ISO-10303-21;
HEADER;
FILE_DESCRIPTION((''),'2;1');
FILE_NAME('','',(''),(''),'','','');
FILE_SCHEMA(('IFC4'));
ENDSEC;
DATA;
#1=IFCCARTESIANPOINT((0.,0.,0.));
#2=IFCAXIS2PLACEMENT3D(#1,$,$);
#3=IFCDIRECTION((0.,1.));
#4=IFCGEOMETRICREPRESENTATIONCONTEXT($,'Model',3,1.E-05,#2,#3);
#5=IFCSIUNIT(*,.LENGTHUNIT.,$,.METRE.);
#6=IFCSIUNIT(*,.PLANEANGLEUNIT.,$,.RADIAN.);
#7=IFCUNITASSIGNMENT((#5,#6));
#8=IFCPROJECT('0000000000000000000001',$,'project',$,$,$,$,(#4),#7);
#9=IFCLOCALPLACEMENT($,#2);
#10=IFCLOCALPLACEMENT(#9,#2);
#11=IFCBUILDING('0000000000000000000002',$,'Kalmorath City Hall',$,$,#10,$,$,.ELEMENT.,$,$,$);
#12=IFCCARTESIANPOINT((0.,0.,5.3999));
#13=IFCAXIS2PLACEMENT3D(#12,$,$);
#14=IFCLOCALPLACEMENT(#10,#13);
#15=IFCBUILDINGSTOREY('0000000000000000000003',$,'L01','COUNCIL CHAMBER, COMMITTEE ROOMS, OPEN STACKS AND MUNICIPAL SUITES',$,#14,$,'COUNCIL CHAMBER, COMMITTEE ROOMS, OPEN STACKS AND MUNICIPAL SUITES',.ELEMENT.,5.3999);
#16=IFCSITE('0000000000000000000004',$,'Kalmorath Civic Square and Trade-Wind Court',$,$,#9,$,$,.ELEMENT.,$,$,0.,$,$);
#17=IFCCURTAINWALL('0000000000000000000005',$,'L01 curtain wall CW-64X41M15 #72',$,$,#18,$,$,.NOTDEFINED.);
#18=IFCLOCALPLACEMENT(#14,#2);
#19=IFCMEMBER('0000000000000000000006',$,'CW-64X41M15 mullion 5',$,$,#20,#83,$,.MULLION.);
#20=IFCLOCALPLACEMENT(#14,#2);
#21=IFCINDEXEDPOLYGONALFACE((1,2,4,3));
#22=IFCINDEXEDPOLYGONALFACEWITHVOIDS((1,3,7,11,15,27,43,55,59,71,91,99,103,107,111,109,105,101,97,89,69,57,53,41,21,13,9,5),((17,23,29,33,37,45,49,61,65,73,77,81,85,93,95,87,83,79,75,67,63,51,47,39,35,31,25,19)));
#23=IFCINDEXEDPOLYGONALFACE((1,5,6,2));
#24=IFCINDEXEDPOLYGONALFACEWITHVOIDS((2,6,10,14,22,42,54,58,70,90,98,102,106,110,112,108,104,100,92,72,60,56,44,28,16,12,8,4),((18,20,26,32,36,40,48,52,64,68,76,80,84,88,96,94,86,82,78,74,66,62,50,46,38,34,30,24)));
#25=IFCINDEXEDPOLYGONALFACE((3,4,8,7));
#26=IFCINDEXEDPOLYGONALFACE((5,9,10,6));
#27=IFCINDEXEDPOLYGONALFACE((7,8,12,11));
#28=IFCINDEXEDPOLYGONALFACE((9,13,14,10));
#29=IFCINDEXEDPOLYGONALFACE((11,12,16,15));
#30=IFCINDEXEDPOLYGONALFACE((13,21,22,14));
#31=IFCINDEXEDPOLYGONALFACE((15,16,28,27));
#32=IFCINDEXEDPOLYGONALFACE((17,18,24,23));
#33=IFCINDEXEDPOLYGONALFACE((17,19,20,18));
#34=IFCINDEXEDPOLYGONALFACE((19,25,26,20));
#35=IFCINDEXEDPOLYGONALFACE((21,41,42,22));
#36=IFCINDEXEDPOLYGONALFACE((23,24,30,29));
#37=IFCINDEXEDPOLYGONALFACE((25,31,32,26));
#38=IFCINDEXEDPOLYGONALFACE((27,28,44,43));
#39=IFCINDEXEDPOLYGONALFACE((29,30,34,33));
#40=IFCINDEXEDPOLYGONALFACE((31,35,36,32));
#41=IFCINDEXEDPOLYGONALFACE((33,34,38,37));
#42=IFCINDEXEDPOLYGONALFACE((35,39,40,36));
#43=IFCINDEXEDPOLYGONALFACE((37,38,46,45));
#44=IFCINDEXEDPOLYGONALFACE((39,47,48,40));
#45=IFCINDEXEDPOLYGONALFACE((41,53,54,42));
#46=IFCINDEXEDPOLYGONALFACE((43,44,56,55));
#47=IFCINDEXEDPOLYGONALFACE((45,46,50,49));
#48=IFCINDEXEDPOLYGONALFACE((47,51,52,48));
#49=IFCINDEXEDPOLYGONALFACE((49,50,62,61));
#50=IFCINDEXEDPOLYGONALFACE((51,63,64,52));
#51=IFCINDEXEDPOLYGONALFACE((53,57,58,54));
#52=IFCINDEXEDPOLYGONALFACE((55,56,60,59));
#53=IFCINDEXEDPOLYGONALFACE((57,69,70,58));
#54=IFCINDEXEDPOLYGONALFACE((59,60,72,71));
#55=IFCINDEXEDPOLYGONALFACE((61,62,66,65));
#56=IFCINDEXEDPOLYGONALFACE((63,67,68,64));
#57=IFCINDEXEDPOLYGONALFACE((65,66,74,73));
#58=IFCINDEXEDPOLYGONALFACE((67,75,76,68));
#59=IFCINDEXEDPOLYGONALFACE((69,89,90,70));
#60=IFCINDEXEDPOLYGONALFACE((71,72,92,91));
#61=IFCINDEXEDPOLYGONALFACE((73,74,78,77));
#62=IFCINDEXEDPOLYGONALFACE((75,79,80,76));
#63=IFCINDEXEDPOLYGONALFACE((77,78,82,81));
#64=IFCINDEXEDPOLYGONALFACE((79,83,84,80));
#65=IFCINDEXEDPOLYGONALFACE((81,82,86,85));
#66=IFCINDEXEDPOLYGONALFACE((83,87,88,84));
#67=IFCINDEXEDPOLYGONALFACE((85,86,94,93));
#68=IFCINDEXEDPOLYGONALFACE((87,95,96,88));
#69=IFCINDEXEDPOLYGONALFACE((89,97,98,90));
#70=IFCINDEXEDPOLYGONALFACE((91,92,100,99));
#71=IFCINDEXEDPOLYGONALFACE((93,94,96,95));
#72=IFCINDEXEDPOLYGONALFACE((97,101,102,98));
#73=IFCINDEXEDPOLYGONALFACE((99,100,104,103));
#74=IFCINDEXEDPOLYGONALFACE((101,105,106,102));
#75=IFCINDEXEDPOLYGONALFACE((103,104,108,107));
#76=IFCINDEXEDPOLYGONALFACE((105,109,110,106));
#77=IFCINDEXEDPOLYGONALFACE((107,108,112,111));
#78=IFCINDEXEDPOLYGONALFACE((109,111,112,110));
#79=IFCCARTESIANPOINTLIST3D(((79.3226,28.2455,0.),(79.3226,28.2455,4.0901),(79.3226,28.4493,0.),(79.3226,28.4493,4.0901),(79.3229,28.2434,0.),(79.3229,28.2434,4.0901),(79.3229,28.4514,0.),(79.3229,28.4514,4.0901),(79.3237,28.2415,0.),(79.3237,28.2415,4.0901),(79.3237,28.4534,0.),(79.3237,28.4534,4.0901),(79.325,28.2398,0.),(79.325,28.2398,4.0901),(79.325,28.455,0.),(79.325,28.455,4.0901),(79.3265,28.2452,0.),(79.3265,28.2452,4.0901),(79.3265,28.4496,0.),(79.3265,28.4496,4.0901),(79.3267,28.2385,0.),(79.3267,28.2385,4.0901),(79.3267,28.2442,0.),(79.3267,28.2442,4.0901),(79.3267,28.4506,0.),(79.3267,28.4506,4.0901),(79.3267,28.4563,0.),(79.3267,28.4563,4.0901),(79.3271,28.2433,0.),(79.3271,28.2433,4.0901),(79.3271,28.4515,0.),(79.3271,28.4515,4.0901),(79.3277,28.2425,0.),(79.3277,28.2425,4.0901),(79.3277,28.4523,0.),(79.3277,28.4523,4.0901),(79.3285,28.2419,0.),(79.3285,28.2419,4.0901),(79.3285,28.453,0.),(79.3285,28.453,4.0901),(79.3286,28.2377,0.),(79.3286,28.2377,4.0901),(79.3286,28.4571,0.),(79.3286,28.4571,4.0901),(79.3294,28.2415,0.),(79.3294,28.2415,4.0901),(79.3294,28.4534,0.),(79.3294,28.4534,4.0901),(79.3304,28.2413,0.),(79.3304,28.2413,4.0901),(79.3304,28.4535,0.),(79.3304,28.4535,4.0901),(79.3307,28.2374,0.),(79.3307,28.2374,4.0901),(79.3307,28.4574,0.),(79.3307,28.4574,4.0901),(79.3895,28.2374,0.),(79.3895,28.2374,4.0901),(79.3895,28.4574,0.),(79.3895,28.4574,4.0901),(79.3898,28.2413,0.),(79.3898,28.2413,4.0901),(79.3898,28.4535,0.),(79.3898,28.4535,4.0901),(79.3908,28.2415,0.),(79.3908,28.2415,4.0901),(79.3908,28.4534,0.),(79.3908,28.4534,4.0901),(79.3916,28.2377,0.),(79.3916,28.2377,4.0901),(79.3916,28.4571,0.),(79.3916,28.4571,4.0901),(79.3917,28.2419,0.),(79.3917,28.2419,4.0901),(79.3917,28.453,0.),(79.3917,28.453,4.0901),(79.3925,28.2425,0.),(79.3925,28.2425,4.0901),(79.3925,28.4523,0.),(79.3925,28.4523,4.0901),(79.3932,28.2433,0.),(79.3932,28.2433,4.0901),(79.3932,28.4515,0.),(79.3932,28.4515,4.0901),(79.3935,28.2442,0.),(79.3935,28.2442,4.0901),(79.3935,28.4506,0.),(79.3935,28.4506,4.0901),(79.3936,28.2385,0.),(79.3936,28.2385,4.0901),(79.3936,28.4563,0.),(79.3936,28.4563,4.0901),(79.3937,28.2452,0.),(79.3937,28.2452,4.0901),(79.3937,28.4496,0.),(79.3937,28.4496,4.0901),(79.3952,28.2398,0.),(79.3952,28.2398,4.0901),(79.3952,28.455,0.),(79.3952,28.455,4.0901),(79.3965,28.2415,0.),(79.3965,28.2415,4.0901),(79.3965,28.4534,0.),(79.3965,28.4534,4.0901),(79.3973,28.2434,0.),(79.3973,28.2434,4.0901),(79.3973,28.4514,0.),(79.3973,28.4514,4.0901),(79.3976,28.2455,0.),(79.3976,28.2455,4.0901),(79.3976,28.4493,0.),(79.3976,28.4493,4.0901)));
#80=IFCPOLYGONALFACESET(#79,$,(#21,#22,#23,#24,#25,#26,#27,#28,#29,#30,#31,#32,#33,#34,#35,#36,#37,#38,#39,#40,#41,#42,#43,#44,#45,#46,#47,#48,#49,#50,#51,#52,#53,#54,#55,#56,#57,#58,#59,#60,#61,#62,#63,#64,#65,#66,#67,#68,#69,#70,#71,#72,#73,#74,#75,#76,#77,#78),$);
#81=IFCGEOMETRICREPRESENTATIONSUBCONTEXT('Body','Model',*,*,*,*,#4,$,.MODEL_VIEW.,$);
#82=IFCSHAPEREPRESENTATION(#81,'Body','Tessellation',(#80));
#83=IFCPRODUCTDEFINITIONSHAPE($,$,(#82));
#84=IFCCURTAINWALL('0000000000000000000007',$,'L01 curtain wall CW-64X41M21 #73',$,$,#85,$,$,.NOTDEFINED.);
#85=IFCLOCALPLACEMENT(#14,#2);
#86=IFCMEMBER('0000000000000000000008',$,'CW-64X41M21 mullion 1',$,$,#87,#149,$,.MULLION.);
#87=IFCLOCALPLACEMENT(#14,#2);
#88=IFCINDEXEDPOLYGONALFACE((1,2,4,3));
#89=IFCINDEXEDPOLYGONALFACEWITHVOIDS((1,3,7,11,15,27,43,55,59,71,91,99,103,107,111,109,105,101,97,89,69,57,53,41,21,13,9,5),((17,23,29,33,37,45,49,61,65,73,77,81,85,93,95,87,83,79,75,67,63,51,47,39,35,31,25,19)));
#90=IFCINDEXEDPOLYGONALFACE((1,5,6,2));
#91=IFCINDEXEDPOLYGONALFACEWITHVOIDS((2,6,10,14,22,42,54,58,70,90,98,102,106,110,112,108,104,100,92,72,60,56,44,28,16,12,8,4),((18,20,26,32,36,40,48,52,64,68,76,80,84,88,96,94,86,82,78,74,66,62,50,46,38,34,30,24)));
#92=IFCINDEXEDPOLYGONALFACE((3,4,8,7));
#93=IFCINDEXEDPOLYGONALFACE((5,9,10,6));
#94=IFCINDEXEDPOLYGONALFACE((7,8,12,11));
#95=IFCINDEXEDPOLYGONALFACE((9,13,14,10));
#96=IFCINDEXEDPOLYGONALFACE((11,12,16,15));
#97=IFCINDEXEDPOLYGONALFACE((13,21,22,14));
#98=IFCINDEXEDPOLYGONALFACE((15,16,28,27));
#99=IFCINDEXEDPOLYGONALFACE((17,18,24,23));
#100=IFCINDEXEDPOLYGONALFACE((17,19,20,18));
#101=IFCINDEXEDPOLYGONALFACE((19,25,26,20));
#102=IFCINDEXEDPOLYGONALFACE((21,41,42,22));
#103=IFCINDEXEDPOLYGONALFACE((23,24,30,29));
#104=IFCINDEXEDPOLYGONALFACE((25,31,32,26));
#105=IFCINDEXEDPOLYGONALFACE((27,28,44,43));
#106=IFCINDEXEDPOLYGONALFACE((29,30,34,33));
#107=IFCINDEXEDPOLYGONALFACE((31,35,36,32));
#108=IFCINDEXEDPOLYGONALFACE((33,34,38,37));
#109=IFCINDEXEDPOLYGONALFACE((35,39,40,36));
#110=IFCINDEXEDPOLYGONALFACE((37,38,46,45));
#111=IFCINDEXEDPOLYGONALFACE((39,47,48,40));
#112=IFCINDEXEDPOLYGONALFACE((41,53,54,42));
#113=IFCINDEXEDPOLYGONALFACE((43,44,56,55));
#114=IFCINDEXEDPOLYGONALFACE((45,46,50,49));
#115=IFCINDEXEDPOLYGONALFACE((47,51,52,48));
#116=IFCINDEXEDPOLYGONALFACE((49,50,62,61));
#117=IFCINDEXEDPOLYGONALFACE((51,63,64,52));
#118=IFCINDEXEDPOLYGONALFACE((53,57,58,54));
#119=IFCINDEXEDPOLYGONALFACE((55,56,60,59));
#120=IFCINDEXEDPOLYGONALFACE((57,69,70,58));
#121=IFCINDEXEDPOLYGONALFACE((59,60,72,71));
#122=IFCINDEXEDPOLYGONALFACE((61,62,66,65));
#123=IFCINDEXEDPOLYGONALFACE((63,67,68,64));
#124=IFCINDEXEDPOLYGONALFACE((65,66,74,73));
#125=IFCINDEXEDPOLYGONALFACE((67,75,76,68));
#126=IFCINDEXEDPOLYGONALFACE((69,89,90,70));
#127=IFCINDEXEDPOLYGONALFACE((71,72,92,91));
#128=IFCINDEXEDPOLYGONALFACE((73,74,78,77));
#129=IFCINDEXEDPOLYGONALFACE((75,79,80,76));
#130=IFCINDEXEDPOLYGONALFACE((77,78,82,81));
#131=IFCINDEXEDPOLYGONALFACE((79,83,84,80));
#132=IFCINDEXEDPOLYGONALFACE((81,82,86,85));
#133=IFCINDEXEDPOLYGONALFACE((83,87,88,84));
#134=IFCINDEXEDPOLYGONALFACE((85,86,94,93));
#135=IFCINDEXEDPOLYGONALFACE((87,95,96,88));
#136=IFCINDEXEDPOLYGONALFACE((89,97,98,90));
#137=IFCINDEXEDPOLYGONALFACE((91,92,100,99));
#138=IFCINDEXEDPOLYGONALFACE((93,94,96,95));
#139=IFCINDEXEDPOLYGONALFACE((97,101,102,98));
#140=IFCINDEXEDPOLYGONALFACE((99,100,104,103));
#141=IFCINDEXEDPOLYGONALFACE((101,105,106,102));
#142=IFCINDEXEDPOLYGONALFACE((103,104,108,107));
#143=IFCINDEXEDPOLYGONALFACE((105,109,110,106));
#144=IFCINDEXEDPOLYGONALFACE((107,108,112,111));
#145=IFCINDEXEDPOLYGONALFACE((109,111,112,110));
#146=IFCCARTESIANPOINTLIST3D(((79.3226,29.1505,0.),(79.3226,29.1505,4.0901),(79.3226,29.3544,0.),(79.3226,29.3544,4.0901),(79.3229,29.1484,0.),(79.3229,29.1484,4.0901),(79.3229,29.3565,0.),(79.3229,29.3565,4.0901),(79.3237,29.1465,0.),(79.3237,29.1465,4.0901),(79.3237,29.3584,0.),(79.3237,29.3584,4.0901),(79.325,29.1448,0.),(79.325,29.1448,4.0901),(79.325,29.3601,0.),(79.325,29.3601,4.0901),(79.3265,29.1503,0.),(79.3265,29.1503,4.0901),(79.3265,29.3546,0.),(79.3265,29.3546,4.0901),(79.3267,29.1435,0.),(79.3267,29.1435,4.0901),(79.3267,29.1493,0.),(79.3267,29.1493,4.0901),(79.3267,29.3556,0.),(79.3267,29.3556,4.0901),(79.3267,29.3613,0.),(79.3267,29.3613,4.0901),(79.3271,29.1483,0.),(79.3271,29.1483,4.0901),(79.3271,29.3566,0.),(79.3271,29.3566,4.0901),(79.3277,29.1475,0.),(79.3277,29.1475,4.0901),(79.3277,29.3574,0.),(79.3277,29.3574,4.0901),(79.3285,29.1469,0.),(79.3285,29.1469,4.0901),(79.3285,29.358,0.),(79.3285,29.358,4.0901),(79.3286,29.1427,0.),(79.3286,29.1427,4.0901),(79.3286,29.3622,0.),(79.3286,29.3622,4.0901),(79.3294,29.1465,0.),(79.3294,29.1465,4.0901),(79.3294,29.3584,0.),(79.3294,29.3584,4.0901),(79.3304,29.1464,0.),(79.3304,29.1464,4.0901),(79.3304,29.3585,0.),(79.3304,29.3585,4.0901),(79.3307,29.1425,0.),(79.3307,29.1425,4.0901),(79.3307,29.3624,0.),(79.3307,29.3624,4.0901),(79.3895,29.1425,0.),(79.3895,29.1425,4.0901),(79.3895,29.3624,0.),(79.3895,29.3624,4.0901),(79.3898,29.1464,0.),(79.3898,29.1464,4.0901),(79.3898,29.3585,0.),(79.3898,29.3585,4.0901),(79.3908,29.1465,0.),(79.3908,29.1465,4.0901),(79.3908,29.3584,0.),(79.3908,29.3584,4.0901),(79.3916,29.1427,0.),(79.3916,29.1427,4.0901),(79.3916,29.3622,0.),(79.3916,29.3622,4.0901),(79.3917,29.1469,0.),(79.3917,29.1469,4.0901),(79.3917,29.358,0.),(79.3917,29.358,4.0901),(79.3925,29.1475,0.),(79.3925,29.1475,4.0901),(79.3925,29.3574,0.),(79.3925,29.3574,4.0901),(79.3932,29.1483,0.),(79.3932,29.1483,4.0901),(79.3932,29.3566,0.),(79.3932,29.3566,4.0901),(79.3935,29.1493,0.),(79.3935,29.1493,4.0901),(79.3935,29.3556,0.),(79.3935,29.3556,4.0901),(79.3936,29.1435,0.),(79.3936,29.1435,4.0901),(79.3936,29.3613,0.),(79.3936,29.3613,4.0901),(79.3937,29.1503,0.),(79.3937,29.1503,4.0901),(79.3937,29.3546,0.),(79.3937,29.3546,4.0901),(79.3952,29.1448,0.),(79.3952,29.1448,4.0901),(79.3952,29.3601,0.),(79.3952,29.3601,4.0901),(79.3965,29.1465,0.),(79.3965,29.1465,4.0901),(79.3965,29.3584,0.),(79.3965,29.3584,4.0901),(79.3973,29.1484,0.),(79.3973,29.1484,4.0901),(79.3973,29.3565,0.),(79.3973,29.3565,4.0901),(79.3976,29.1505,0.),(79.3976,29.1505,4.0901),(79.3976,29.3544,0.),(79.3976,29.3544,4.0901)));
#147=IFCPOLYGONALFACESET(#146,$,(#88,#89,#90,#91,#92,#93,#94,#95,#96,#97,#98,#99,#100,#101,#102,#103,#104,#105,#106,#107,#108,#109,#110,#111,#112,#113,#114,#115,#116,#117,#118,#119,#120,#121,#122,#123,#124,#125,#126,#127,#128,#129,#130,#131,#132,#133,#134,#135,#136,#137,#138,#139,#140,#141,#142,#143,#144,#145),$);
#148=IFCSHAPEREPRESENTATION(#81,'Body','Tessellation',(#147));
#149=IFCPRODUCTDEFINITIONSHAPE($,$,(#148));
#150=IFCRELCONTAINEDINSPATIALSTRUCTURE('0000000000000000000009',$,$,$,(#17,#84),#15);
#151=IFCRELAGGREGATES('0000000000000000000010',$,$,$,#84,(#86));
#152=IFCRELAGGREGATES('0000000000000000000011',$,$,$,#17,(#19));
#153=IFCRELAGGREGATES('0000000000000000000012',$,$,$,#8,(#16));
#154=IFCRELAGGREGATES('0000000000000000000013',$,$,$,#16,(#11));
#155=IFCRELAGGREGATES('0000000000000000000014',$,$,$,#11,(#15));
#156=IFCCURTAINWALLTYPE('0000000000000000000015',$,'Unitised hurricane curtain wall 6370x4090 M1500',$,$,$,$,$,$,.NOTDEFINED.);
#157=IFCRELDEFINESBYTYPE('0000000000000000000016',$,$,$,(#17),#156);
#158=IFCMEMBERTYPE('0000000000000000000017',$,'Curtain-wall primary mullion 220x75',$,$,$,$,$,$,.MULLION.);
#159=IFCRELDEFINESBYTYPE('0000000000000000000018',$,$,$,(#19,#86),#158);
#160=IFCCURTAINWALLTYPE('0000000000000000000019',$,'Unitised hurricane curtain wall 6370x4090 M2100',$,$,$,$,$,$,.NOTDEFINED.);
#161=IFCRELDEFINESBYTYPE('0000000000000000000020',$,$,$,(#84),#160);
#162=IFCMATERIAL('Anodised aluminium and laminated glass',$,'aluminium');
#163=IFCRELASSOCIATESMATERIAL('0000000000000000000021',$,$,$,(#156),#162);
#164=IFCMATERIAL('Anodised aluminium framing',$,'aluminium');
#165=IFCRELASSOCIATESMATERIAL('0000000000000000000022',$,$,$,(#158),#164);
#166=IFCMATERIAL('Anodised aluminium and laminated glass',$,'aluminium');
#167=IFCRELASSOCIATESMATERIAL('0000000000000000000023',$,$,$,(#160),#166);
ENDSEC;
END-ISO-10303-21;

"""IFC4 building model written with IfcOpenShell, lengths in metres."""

from ifc_helpers import new_model, si_unit, direction, frame, origin, origin_2d, place, context, subcontext, project, spatial, hollow_rectangle, extrude, material, material_profile, profile_set, type_object, element, aggregate, save


model = new_model("IFC4")

# Units and contexts
model_context = context("Model", 3, precision=1e-05, world=origin(), true_north=direction((0.0, 1.0)))
body_context = subcontext(model_context, "Body", "Model", "MODEL_VIEW")
ifc_project = project(units=[si_unit("LENGTHUNIT", "METRE"), si_unit("PLANEANGLEUNIT", "RADIAN")], contexts=[model_context])

# Site, building, storey
site_placement = place(None, origin())
site = spatial("IfcSite", under=ifc_project, at=site_placement, Name="Kalmorath Civic Square and Trade-Wind Court", CompositionType="ELEMENT", RefElevation=0.0)
building_placement = place(site_placement, origin())
building = spatial("IfcBuilding", under=site, at=building_placement, Name="Kalmorath City Hall", CompositionType="ELEMENT")
storey_placement = place(building_placement, frame((0.0, 0.0, 5.3999)))
storey = spatial("IfcBuildingStorey", under=building, at=storey_placement, Name="L01", Description="COUNCIL CHAMBER, COMMITTEE ROOMS, OPEN STACKS AND MUNICIPAL SUITES", LongName="COUNCIL CHAMBER, COMMITTEE ROOMS, OPEN STACKS AND MUNICIPAL SUITES", CompositionType="ELEMENT", Elevation=5.3999)

# Curtain wall, member
ifc_material_1 = material(Name="Anodised aluminium and laminated glass", Category="aluminium")
curtain_wall_type_1 = type_object("IfcCurtainWallType", Name="Unitised hurricane curtain wall 6370x4090 M1500", PredefinedType="NOTDEFINED", material=ifc_material_1)
curtain_wall_1_placement = place(storey_placement, origin())
curtain_wall_1 = element("IfcCurtainWall", 1, at=curtain_wall_1_placement, inside=storey, type_object=curtain_wall_type_1, Name="L01 curtain wall CW-64X41M15 #72", PredefinedType="NOTDEFINED")
ifc_material_2 = material(Name="Anodised aluminium framing", Category="aluminium")
ifc_material_profile_1 = material_profile(ifc_material_2, hollow_rectangle(XDim=0.075, YDim=0.22, WallThickness=0.0039, InnerFilletRadius=0.0039, OuterFilletRadius=0.0081, at=origin_2d()), Name="ALU-MUL-220X75X4")
ifc_profile_set_1 = profile_set([ifc_material_profile_1], Name="Anodised aluminium framing")
member_type_1 = type_object("IfcMemberType", Name="Curtain-wall primary mullion 220x75", PredefinedType="MULLION", material=ifc_profile_set_1)
member_1_placement = place(storey_placement, frame((79.3601, 28.3474, 0.0), z_axis=(0.0, 0.0, 1.0), x_axis=(-1.0, 0.0, 0.0)))
member_1 = element("IfcMember", 2, at=member_1_placement, type_object=member_type_1, Name="CW-64X41M15 mullion 5", PredefinedType="MULLION", context=body_context, shape_type="SweptSolid", body=[
    extrude(hollow_rectangle(XDim=0.075, YDim=0.22, WallThickness=0.0039, InnerFilletRadius=0.0039, OuterFilletRadius=0.0081, at=origin_2d()), origin(), (0.0, 0.0, 1.0), 4.0901),
])

# Curtain wall, member
ifc_material_3 = material(Name="Anodised aluminium and laminated glass", Category="aluminium")
curtain_wall_type_2 = type_object("IfcCurtainWallType", Name="Unitised hurricane curtain wall 6370x4090 M2100", PredefinedType="NOTDEFINED", material=ifc_material_3)
curtain_wall_2_placement = place(storey_placement, origin())
curtain_wall_2 = element("IfcCurtainWall", 3, at=curtain_wall_2_placement, inside=storey, type_object=curtain_wall_type_2, Name="L01 curtain wall CW-64X41M21 #73", PredefinedType="NOTDEFINED")
member_2_placement = place(storey_placement, frame((79.3601, 29.2524, 0.0), z_axis=(0.0, 0.0, 1.0), x_axis=(-1.0, 0.0, 0.0)))
member_2 = element("IfcMember", 4, at=member_2_placement, type_object=member_type_1, Name="CW-64X41M21 mullion 1", PredefinedType="MULLION", context=body_context, shape_type="SweptSolid", body=[
    extrude(hollow_rectangle(XDim=0.075, YDim=0.22, WallThickness=0.0039, InnerFilletRadius=0.0039, OuterFilletRadius=0.0081, at=origin_2d()), origin(), (0.0, 0.0, 1.0), 4.0901),
])

aggregate(curtain_wall_2, [member_2])

aggregate(curtain_wall_1, [member_1])

save(model, "model.ifc")
